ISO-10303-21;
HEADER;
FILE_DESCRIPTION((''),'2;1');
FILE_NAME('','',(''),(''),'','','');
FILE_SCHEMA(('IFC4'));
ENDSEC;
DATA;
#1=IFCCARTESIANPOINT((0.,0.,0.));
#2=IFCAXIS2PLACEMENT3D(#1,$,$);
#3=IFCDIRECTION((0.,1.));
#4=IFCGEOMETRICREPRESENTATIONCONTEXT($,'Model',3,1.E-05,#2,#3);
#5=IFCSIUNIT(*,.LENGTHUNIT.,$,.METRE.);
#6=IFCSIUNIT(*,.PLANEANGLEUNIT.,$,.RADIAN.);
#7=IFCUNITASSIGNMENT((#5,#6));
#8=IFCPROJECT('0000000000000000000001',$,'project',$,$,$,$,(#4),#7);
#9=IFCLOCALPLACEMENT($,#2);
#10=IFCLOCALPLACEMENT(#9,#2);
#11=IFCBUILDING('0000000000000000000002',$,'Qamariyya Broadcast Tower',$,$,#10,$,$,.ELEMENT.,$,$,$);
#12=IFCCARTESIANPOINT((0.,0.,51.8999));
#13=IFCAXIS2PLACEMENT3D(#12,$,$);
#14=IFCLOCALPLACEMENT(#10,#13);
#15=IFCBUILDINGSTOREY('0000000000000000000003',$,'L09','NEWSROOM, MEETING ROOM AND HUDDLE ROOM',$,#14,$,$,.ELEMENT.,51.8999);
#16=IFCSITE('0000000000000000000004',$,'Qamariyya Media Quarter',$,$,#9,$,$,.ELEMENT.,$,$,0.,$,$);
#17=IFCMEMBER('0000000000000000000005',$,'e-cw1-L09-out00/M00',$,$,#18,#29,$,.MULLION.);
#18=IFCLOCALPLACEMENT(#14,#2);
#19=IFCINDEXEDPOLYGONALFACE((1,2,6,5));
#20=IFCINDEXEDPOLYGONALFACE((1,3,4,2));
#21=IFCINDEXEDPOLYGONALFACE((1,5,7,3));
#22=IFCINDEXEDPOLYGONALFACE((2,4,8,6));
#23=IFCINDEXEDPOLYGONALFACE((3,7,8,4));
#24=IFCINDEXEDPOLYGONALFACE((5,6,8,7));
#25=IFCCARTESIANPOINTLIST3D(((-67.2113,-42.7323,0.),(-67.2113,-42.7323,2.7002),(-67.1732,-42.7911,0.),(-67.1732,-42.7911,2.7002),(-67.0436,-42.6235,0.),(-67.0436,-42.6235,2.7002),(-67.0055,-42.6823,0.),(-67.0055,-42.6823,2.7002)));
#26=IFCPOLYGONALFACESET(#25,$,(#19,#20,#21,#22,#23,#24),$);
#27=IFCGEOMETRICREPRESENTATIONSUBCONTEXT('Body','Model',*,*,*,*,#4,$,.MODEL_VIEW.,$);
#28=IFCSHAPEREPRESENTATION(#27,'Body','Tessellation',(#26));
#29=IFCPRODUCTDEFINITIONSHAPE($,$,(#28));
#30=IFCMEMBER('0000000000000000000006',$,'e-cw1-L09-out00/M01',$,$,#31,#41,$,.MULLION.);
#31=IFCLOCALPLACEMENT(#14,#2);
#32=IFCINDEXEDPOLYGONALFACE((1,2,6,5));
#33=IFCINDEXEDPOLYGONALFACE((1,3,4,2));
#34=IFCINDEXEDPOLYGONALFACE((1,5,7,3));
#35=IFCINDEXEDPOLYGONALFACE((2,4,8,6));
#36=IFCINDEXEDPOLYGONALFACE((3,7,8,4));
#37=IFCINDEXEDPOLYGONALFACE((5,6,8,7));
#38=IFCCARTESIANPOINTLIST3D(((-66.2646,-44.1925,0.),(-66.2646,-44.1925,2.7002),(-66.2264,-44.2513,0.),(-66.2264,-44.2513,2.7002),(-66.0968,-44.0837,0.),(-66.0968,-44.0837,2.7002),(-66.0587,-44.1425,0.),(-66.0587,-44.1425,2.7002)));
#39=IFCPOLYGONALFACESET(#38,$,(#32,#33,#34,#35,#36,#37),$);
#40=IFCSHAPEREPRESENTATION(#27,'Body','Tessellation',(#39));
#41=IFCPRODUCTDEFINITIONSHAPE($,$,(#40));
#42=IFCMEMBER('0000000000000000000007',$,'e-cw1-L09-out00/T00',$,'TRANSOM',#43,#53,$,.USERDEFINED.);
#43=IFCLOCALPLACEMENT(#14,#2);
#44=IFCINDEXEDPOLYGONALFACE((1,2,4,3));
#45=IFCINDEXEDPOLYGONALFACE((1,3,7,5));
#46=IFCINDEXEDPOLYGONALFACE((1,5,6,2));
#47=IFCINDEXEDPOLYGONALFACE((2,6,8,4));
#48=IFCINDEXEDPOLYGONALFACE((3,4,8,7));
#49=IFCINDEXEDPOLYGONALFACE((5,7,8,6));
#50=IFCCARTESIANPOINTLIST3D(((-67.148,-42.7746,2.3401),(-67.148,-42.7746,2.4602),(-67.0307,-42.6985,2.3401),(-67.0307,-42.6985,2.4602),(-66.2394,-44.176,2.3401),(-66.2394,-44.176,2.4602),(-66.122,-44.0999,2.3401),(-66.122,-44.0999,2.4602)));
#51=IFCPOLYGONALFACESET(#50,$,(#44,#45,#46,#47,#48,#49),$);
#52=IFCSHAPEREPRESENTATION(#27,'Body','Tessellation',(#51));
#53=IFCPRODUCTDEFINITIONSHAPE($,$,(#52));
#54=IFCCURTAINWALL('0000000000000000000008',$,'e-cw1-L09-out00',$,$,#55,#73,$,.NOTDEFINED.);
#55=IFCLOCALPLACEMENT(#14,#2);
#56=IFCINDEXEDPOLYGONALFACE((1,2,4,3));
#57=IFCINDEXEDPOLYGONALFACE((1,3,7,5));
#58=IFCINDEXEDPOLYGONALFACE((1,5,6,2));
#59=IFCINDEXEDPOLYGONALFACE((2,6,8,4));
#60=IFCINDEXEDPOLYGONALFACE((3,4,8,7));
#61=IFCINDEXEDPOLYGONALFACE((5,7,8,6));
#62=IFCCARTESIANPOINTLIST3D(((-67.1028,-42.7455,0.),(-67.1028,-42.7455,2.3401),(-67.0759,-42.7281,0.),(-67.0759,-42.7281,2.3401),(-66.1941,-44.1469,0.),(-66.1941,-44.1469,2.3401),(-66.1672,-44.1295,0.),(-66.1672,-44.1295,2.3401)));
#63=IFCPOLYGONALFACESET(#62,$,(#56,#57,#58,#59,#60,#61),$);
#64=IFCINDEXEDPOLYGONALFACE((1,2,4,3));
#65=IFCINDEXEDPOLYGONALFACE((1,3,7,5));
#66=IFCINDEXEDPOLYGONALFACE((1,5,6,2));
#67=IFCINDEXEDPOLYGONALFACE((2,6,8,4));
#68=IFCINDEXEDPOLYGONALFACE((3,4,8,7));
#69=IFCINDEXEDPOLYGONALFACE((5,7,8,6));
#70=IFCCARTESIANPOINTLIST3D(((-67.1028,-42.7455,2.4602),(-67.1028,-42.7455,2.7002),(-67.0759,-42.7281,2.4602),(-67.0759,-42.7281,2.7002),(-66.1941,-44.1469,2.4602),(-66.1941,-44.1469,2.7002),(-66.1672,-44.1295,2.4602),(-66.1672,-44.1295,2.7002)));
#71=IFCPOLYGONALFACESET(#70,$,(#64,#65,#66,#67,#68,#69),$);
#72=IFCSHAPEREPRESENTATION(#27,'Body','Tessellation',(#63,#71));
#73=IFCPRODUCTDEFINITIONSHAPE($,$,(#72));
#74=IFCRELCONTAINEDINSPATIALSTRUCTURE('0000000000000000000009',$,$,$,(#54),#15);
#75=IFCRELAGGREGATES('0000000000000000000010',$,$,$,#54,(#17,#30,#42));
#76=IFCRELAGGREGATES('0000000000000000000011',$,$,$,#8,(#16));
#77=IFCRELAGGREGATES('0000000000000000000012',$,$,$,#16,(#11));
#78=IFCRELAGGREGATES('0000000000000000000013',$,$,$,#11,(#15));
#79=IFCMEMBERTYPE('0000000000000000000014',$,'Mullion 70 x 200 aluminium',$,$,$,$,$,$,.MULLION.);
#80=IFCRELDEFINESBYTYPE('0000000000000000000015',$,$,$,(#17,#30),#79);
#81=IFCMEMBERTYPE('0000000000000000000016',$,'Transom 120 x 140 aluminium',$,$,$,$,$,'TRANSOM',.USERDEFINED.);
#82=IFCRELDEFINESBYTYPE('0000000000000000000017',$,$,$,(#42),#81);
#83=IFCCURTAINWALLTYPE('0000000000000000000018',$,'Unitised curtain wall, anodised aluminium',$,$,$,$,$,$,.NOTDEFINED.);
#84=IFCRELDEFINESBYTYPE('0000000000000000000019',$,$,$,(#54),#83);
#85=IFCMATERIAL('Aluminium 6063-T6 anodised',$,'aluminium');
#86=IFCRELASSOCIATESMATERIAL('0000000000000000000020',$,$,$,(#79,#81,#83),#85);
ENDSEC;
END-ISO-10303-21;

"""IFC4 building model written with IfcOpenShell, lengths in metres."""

from ifc_helpers import new_model, si_unit, direction, frame, origin, origin_2d, place, context, subcontext, project, spatial, rectangle, extrude, material, material_profile, profile_set, type_object, element, aggregate, save


model = new_model("IFC4")

# Units and contexts
model_context = context("Model", 3, precision=1e-05, world=origin(), true_north=direction((0.0, 1.0)))
body_context = subcontext(model_context, "Body", "Model", "MODEL_VIEW")
ifc_project = project(units=[si_unit("LENGTHUNIT", "METRE"), si_unit("PLANEANGLEUNIT", "RADIAN")], contexts=[model_context])

# Members
ifc_material = material(Name="Aluminium 6063-T6 anodised", Category="aluminium")
ifc_material_profile_1 = material_profile(ifc_material, rectangle(XDim=0.2, YDim=0.0701, at=origin_2d()))
ifc_profile_set_1 = profile_set([ifc_material_profile_1], Name="Aluminium 6063-T6 anodised")
member_type_1 = type_object("IfcMemberType", Name="Mullion 70 x 200 aluminium", PredefinedType="MULLION", material=ifc_profile_set_1)
site_placement = place(None, origin())
building_placement = place(site_placement, origin())
storey_placement = place(building_placement, frame((0.0, 0.0, 51.8999)))
member_1_placement = place(storey_placement, frame((-67.1084, -42.7073, 0.0), z_axis=(0.0, 0.0, 1.0), x_axis=(0.839047, 0.54406, 0.0)))
member_1 = element("IfcMember", 1, at=member_1_placement, type_object=member_type_1, Name="e-cw1-L09-out00/M00", PredefinedType="MULLION", context=body_context, shape_type="SweptSolid", body=[
    extrude(rectangle(XDim=0.2, YDim=0.0701, at=origin_2d()), origin(), (0.0, 0.0, 1.0), 2.7002),
])
member_2_placement = place(storey_placement, frame((-66.1616, -44.1675, 0.0), z_axis=(0.0, 0.0, 1.0), x_axis=(0.839047, 0.54406, 0.0)))
member_2 = element("IfcMember", 2, at=member_2_placement, type_object=member_type_1, Name="e-cw1-L09-out00/M01", PredefinedType="MULLION", context=body_context, shape_type="SweptSolid", body=[
    extrude(rectangle(XDim=0.2, YDim=0.0701, at=origin_2d()), origin(), (0.0, 0.0, 1.0), 2.7002),
])
ifc_material_profile_2 = material_profile(ifc_material, rectangle(XDim=0.1399, YDim=0.1201, at=origin_2d()))
ifc_profile_set_2 = profile_set([ifc_material_profile_2], Name="Aluminium 6063-T6 anodised")
member_type_2 = type_object("IfcMemberType", Name="Transom 120 x 140 aluminium", ElementType="TRANSOM", PredefinedType="USERDEFINED", material=ifc_profile_set_2)
member_3_placement = place(storey_placement, frame((-67.0894, -42.7366, 2.4001), z_axis=(0.544063, -0.839044, 0.0), x_axis=(0.839044, 0.544063, 0.0)))
member_3 = element("IfcMember", 3, at=member_3_placement, type_object=member_type_2, Name="e-cw1-L09-out00/T00", ObjectType="TRANSOM", PredefinedType="USERDEFINED", context=body_context, shape_type="SweptSolid", body=[
    extrude(rectangle(XDim=0.1399, YDim=0.1201, at=origin_2d()), origin(), (0.0, 0.0, 1.0), 1.6702),
])

# Site, building, storey
site = spatial("IfcSite", under=ifc_project, at=site_placement, Name="Qamariyya Media Quarter", CompositionType="ELEMENT", RefElevation=0.0)
building = spatial("IfcBuilding", under=site, at=building_placement, Name="Qamariyya Broadcast Tower", CompositionType="ELEMENT")
storey = spatial("IfcBuildingStorey", under=building, at=storey_placement, Name="L09", Description="NEWSROOM, MEETING ROOM AND HUDDLE ROOM", CompositionType="ELEMENT", Elevation=51.8999)

# Curtain wall
curtain_wall_type = type_object("IfcCurtainWallType", Name="Unitised curtain wall, anodised aluminium", PredefinedType="NOTDEFINED", material=ifc_material)
curtain_wall_1_placement = place(storey_placement, origin())
curtain_wall_1 = element("IfcCurtainWall", 4, at=curtain_wall_1_placement, inside=storey, type_object=curtain_wall_type, Name="e-cw1-L09-out00", PredefinedType="NOTDEFINED", context=body_context, shape_type="SweptSolid", body=[
    extrude(rectangle(XDim=1.6702, YDim=0.032, at=origin_2d()), frame((-66.635, -43.4375, 0.0), x_axis=(0.544073, -0.839038, 0.0)), (0.0, 0.0, 1.0), 2.3401),
    extrude(rectangle(XDim=1.6702, YDim=0.032, at=origin_2d()), frame((-66.635, -43.4375, 2.4602), x_axis=(0.544073, -0.839038, 0.0)), (0.0, 0.0, 1.0), 0.24),
])
aggregate(curtain_wall_1, [member_1, member_2, member_3])

save(model, "model.ifc")
